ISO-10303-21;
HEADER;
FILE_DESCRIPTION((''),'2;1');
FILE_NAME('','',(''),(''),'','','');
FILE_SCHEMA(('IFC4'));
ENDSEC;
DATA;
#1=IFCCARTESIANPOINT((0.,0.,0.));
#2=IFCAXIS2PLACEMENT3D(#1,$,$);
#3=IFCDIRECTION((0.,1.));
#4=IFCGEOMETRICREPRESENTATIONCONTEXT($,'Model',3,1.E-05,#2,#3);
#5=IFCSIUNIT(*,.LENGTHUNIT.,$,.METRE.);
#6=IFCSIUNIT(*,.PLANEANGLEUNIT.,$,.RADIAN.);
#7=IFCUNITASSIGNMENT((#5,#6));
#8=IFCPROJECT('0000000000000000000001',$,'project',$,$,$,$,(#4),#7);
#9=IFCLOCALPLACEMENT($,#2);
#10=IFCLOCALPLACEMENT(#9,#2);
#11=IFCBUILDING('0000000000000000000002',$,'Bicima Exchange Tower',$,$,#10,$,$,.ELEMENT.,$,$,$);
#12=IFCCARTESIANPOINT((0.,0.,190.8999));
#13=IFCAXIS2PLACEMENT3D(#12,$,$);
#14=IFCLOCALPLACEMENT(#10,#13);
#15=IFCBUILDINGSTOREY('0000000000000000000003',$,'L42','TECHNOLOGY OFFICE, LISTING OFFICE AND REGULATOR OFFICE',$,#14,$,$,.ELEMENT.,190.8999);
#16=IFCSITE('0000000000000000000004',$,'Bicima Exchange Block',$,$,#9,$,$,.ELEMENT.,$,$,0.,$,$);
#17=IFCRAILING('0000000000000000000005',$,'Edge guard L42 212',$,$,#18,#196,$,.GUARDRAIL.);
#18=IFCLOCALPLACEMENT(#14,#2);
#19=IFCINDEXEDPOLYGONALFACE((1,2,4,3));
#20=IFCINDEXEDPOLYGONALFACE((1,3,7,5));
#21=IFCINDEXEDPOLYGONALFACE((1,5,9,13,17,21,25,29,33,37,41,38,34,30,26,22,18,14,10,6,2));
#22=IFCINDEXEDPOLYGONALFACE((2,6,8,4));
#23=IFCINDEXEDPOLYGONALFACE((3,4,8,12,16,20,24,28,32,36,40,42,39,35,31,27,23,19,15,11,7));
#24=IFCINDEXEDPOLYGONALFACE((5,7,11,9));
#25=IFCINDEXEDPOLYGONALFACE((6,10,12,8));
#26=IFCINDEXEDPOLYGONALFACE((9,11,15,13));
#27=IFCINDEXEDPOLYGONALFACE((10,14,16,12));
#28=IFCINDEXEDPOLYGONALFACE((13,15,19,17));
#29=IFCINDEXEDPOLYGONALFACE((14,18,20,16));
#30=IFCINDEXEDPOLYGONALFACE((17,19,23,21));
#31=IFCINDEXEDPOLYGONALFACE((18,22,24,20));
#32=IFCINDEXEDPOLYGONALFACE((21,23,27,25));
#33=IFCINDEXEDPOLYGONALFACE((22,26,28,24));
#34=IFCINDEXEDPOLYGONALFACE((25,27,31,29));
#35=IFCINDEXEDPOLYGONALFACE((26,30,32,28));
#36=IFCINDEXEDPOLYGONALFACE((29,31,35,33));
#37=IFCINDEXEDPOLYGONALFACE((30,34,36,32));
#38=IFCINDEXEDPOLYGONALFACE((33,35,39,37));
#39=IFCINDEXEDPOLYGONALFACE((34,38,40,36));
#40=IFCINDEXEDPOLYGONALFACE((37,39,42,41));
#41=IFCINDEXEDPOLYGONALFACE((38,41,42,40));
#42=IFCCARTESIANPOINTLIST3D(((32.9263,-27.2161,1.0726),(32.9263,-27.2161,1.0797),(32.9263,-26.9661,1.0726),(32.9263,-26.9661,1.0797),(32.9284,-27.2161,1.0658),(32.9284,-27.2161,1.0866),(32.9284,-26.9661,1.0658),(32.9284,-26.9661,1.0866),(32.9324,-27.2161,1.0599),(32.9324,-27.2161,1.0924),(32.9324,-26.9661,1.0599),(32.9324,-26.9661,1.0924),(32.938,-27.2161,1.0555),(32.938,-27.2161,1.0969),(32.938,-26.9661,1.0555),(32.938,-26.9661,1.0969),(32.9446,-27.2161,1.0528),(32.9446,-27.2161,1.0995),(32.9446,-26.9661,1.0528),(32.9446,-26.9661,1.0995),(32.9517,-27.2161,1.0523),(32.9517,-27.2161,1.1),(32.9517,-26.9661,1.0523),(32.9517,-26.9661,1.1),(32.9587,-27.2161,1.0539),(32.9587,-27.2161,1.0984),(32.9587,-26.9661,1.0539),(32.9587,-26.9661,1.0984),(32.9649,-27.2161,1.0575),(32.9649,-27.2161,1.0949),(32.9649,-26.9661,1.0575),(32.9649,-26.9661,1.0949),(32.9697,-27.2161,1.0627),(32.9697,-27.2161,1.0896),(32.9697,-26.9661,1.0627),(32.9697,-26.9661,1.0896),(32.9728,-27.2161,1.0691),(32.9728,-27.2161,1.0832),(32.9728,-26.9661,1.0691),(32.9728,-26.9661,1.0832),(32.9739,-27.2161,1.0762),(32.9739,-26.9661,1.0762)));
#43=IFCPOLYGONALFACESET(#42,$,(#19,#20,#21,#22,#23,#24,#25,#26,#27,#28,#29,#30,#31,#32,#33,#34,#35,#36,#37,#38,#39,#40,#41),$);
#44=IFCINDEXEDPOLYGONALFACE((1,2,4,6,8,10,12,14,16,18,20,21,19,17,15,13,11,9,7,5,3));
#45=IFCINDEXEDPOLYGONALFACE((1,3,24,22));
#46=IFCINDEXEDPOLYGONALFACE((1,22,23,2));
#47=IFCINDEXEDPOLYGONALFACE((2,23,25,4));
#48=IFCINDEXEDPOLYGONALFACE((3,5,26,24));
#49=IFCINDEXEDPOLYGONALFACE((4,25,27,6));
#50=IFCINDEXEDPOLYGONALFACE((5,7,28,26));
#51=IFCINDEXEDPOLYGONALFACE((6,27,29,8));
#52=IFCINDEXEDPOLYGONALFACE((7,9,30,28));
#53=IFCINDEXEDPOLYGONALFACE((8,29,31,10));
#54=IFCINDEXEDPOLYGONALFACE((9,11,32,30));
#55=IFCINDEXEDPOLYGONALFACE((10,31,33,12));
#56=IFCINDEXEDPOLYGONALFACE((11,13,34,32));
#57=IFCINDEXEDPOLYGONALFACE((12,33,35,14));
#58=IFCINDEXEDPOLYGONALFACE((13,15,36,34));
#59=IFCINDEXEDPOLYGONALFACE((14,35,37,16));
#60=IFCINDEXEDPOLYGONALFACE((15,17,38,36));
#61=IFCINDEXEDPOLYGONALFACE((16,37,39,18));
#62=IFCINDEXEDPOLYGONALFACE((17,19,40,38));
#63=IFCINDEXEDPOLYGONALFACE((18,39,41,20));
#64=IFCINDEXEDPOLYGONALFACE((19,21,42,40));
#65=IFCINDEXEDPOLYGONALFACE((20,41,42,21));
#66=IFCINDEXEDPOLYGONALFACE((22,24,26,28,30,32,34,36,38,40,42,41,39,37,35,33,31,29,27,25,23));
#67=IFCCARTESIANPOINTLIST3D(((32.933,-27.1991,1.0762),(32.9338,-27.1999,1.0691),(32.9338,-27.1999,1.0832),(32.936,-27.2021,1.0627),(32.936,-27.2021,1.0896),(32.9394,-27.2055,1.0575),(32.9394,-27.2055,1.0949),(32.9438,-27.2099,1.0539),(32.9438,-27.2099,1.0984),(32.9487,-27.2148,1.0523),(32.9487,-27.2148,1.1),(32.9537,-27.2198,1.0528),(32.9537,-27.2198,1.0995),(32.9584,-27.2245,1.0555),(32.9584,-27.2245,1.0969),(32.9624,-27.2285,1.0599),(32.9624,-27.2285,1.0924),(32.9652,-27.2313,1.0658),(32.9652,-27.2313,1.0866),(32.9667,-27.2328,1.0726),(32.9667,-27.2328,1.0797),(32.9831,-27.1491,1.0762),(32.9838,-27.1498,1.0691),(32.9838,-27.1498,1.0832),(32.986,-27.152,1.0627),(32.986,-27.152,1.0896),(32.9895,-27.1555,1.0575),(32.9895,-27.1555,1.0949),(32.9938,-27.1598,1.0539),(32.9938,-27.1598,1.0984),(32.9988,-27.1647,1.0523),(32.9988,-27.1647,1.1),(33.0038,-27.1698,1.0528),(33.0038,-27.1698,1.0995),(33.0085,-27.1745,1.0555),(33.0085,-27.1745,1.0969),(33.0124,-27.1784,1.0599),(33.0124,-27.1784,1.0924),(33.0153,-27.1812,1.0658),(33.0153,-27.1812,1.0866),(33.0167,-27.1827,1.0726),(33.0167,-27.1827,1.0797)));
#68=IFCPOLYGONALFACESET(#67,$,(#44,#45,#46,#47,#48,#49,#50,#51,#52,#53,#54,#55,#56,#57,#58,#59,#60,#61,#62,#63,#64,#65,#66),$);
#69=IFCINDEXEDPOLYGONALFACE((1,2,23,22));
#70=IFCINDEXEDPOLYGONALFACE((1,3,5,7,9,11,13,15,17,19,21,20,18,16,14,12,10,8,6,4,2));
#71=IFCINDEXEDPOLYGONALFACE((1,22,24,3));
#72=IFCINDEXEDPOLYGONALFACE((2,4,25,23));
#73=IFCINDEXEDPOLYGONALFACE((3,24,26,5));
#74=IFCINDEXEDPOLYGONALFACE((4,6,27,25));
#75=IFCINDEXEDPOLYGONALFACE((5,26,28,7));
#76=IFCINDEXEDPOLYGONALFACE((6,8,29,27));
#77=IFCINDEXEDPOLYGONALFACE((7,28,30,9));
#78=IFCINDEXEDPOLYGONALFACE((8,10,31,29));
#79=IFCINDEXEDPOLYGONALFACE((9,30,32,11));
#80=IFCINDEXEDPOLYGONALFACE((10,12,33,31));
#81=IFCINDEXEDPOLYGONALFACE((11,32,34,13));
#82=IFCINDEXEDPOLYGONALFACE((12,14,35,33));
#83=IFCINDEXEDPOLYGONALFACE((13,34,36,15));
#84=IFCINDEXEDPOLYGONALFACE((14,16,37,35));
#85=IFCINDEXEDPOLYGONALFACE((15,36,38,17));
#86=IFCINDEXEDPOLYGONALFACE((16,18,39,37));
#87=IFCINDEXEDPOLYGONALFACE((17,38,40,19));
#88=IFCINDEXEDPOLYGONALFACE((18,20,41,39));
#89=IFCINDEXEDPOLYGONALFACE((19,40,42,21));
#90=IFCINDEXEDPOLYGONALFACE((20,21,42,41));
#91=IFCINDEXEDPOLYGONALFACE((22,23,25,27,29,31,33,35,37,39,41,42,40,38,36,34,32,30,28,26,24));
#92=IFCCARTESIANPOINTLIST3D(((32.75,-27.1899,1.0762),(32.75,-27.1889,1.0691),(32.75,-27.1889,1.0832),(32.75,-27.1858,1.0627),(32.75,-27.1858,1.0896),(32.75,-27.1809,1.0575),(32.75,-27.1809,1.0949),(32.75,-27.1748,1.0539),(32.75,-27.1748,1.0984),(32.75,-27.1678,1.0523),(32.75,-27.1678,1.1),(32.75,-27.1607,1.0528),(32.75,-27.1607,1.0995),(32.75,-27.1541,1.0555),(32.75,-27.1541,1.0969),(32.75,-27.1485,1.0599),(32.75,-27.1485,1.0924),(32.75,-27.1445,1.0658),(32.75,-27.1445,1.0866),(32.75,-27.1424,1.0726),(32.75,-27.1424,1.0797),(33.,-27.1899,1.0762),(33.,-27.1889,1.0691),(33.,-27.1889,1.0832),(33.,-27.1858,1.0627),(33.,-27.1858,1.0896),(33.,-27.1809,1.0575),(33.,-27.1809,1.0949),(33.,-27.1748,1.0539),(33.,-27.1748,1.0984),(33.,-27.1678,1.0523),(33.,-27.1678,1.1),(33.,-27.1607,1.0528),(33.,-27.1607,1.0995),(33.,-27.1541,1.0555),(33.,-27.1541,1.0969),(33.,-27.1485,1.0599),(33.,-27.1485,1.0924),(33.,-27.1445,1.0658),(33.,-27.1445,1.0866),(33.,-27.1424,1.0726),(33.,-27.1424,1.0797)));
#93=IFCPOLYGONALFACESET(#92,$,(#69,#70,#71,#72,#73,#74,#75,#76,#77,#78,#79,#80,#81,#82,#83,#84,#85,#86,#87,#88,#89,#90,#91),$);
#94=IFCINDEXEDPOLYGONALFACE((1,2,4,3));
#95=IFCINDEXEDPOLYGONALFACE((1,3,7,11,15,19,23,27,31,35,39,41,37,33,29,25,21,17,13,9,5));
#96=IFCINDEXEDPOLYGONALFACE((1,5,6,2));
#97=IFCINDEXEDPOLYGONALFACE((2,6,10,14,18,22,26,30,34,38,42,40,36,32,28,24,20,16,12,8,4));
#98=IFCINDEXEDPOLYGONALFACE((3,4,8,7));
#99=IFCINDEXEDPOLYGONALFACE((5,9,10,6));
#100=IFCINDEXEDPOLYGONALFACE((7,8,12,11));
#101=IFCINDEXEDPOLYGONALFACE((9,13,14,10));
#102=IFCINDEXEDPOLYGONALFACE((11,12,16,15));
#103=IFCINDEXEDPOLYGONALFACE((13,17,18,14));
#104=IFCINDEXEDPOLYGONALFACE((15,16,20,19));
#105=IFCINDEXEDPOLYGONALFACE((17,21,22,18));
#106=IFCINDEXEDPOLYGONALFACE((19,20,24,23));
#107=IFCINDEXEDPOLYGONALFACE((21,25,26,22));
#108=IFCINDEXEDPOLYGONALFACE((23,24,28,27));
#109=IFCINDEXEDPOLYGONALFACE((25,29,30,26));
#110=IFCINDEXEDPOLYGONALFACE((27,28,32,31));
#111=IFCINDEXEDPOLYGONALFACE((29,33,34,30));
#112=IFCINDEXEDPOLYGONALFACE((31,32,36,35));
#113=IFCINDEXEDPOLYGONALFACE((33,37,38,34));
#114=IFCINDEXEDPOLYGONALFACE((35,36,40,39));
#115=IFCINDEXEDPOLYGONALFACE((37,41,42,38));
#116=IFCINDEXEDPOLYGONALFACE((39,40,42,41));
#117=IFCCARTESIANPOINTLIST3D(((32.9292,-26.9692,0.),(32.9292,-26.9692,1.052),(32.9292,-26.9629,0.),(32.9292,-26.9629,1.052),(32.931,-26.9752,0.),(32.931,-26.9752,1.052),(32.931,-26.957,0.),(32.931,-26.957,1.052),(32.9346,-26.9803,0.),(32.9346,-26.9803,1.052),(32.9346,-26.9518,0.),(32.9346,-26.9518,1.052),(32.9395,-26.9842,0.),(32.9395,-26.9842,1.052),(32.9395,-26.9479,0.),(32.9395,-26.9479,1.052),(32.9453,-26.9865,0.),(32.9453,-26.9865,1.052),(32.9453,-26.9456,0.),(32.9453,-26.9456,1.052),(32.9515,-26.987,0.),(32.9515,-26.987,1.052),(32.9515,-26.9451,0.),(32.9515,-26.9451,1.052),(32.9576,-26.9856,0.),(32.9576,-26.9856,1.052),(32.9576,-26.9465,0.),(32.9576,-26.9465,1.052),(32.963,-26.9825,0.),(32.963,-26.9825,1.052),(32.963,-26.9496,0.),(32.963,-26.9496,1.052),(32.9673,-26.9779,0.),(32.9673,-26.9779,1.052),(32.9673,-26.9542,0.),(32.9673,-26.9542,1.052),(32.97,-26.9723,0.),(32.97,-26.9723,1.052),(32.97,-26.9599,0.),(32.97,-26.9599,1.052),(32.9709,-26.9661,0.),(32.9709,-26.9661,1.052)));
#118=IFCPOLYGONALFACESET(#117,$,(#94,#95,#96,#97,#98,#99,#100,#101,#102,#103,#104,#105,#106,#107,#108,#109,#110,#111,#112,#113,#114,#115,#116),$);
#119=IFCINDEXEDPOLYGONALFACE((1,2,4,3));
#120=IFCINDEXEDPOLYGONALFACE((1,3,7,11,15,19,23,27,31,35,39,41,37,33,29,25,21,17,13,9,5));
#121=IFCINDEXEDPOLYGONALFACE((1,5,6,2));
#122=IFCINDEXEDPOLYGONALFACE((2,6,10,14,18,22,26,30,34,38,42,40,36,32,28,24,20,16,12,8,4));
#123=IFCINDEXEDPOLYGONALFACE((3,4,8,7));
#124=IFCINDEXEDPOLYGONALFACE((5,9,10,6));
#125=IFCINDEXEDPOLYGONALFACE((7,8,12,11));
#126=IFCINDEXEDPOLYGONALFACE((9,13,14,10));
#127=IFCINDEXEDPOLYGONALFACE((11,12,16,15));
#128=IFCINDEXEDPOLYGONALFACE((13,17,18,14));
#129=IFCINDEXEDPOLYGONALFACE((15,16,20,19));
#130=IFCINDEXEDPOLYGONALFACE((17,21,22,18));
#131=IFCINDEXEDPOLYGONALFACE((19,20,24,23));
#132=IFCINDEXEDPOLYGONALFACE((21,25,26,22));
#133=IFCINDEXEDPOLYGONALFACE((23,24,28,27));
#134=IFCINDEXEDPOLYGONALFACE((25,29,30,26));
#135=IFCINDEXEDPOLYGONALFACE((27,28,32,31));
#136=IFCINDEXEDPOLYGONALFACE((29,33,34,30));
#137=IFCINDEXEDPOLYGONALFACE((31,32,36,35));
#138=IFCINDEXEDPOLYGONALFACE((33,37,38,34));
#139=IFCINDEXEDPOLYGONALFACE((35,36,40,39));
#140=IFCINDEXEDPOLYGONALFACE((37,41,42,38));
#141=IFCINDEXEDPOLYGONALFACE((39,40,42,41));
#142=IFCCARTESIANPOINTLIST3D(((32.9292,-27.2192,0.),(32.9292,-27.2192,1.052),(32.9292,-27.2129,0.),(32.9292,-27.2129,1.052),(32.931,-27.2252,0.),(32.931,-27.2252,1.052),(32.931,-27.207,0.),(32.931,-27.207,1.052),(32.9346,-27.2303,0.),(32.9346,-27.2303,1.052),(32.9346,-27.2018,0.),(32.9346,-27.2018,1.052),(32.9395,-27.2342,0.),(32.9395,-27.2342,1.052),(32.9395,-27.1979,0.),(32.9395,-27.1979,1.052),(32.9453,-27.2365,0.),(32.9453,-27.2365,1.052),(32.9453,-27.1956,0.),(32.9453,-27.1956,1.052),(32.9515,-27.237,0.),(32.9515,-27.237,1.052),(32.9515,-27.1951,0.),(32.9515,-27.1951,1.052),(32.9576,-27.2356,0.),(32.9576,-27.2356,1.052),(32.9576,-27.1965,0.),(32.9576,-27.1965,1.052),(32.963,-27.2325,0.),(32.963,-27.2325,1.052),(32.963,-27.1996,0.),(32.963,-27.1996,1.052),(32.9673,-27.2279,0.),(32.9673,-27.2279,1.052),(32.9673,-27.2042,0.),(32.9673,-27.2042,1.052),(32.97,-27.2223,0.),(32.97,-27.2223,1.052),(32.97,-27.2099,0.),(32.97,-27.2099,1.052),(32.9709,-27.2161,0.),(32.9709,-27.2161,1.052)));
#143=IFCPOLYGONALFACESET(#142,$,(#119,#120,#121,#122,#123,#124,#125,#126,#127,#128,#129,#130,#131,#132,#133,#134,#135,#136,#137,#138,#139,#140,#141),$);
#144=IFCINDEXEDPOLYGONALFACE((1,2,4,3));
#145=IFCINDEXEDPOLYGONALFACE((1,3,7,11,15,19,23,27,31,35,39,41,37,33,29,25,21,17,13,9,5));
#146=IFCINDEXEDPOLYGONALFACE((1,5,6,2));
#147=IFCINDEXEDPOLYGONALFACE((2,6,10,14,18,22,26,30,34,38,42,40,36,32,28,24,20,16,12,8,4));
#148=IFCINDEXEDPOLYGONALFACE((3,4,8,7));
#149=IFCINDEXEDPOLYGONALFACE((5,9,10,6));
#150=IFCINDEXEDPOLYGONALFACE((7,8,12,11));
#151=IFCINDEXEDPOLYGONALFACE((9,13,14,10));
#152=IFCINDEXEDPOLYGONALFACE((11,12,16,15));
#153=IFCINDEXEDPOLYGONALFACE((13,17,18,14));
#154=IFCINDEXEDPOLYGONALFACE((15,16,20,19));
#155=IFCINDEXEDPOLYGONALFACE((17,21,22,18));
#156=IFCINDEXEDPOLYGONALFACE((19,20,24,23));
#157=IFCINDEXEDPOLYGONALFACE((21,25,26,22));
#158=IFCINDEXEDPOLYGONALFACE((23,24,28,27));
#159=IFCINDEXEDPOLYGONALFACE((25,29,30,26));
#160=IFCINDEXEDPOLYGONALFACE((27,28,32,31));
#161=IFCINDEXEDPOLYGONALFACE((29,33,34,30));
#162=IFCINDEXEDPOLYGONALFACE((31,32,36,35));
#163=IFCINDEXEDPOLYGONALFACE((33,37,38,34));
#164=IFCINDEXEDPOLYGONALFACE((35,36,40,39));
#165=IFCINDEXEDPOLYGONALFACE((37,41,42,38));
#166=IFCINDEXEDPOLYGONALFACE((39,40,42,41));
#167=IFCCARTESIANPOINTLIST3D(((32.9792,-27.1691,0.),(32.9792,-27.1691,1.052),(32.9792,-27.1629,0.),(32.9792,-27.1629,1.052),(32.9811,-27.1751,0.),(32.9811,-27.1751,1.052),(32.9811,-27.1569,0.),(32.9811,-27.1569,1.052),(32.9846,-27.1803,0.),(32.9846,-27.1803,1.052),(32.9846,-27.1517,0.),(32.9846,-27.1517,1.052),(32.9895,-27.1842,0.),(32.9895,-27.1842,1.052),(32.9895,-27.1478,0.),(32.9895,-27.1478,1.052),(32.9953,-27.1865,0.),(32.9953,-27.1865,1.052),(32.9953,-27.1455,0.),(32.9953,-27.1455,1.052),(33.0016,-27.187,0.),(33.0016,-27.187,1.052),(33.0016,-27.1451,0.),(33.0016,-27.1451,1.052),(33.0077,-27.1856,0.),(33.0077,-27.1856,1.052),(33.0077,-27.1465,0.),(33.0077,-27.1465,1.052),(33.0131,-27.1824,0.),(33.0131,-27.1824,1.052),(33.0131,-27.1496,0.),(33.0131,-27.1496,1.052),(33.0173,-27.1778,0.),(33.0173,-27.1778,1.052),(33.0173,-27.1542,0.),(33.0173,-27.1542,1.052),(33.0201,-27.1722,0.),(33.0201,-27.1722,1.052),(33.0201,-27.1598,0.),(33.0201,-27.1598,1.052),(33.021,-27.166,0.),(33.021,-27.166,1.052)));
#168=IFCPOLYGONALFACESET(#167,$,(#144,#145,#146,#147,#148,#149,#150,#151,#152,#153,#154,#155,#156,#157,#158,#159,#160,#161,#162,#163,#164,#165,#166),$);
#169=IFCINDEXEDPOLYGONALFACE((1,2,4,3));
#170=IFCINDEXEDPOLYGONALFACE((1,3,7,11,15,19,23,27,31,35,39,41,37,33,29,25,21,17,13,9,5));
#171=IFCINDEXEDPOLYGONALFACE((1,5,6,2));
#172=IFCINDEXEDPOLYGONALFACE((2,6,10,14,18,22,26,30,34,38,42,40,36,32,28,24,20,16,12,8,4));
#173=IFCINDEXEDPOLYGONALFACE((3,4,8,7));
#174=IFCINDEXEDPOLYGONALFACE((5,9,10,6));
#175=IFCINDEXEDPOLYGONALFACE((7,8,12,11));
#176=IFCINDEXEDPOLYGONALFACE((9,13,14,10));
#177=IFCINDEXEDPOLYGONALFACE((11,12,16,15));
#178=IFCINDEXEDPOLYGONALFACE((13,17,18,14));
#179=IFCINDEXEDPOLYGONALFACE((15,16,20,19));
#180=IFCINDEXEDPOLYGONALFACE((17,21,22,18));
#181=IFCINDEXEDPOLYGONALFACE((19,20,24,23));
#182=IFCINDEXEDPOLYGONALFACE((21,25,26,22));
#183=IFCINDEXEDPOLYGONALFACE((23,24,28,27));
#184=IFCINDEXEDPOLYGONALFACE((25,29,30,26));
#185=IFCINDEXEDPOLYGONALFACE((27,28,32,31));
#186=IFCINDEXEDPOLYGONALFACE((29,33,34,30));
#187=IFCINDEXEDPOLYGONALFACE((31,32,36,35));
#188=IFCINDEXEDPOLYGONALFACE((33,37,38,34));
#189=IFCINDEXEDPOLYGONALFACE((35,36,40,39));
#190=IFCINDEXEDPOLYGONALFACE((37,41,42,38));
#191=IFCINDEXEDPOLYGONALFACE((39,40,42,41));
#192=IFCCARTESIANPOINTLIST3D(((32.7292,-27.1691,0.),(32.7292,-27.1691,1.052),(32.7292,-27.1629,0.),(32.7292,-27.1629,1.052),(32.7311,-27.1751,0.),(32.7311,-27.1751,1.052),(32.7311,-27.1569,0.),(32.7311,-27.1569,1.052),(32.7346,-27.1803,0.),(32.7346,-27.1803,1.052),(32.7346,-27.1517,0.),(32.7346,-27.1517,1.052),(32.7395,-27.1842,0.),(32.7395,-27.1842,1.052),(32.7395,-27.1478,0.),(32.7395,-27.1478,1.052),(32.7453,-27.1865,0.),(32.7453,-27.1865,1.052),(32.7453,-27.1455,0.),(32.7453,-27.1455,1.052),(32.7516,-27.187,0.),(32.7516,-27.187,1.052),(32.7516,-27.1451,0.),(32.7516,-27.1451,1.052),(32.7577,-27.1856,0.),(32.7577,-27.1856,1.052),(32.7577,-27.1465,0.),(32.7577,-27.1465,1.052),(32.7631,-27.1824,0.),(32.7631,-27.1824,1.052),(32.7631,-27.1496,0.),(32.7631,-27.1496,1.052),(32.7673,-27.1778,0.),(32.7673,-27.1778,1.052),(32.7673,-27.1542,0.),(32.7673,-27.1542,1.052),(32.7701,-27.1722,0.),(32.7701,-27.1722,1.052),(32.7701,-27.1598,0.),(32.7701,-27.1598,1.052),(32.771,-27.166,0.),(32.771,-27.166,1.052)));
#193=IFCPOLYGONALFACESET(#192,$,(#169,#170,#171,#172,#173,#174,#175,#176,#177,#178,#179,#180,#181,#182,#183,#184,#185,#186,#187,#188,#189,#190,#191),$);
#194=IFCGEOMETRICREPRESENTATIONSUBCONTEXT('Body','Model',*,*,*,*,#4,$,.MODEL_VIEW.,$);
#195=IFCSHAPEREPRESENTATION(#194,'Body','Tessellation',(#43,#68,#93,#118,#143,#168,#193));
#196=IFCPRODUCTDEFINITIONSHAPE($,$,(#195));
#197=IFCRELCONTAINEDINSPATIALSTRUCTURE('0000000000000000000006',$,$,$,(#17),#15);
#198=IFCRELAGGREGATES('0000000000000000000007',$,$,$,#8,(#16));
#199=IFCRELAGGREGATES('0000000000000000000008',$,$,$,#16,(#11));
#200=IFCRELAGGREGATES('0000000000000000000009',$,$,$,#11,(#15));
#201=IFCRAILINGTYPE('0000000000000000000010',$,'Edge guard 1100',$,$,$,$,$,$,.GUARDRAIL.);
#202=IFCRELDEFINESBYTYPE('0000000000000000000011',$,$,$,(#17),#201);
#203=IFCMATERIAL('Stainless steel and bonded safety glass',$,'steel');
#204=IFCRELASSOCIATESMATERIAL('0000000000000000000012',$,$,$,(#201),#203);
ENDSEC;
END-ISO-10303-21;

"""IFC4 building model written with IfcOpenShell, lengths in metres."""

from ifc_helpers import new_model, si_unit, direction, frame, origin, origin_2d, place, context, subcontext, project, spatial, circle, extrude, material, type_object, element, save


model = new_model("IFC4")

# Units and contexts
model_context = context("Model", 3, precision=1e-05, world=origin(), true_north=direction((0.0, 1.0)))
body_context = subcontext(model_context, "Body", "Model", "MODEL_VIEW")
ifc_project = project(units=[si_unit("LENGTHUNIT", "METRE"), si_unit("PLANEANGLEUNIT", "RADIAN")], contexts=[model_context])

# Site, building, storey
site_placement = place(None, origin())
site = spatial("IfcSite", under=ifc_project, at=site_placement, Name="Bicima Exchange Block", CompositionType="ELEMENT", RefElevation=0.0)
building_placement = place(site_placement, origin())
building = spatial("IfcBuilding", under=site, at=building_placement, Name="Bicima Exchange Tower", CompositionType="ELEMENT")
storey_placement = place(building_placement, frame((0.0, 0.0, 190.8999)))
storey = spatial("IfcBuildingStorey", under=building, at=storey_placement, Name="L42", Description="TECHNOLOGY OFFICE, LISTING OFFICE AND REGULATOR OFFICE", CompositionType="ELEMENT", Elevation=190.8999)

# Railing
ifc_material_1 = material(Name="Stainless steel and bonded safety glass", Category="steel")
railing_type = type_object("IfcRailingType", Name="Edge guard 1100", PredefinedType="GUARDRAIL", material=ifc_material_1)
railing_1_placement = place(storey_placement, frame((32.95, -26.9661, 0.0)))
element("IfcRailing", 1, at=railing_1_placement, inside=storey, type_object=railing_type, Name="Edge guard L42 212", PredefinedType="GUARDRAIL", context=body_context, shape_type="SweptSolid", body=[
    extrude(circle(Radius=0.0239, at=origin_2d()), frame((0.0, 0.0, 1.0762), z_axis=(0.0, -1.0, 0.0), x_axis=(1.0, 0.0, 0.0)), (0.0, 0.0, 1.0), 0.25),
    extrude(circle(Radius=0.0239, at=origin_2d()), frame((0.0, -0.25, 1.0762), z_axis=(0.707107, 0.707107, 0.0), x_axis=(-0.707107, 0.707107, 0.0)), (0.0, 0.0, 1.0), 0.0708),
    extrude(circle(Radius=0.0239, at=origin_2d()), frame((0.05, -0.2, 1.0762), z_axis=(-1.0, 0.0, 0.0), x_axis=(0.0, -1.0, 0.0)), (0.0, 0.0, 1.0), 0.25),
    extrude(circle(Radius=0.021, at=origin_2d()), origin(), (0.0, 0.0, 1.0), 1.052),
    extrude(circle(Radius=0.021, at=origin_2d()), frame((0.0, -0.25, 0.0)), (0.0, 0.0, 1.0), 1.052),
    extrude(circle(Radius=0.021, at=origin_2d()), frame((0.05, -0.2, 0.0)), (0.0, 0.0, 1.0), 1.052),
    extrude(circle(Radius=0.021, at=origin_2d()), frame((-0.2, -0.2, 0.0)), (0.0, 0.0, 1.0), 1.052),
])

save(model, "model.ifc")
